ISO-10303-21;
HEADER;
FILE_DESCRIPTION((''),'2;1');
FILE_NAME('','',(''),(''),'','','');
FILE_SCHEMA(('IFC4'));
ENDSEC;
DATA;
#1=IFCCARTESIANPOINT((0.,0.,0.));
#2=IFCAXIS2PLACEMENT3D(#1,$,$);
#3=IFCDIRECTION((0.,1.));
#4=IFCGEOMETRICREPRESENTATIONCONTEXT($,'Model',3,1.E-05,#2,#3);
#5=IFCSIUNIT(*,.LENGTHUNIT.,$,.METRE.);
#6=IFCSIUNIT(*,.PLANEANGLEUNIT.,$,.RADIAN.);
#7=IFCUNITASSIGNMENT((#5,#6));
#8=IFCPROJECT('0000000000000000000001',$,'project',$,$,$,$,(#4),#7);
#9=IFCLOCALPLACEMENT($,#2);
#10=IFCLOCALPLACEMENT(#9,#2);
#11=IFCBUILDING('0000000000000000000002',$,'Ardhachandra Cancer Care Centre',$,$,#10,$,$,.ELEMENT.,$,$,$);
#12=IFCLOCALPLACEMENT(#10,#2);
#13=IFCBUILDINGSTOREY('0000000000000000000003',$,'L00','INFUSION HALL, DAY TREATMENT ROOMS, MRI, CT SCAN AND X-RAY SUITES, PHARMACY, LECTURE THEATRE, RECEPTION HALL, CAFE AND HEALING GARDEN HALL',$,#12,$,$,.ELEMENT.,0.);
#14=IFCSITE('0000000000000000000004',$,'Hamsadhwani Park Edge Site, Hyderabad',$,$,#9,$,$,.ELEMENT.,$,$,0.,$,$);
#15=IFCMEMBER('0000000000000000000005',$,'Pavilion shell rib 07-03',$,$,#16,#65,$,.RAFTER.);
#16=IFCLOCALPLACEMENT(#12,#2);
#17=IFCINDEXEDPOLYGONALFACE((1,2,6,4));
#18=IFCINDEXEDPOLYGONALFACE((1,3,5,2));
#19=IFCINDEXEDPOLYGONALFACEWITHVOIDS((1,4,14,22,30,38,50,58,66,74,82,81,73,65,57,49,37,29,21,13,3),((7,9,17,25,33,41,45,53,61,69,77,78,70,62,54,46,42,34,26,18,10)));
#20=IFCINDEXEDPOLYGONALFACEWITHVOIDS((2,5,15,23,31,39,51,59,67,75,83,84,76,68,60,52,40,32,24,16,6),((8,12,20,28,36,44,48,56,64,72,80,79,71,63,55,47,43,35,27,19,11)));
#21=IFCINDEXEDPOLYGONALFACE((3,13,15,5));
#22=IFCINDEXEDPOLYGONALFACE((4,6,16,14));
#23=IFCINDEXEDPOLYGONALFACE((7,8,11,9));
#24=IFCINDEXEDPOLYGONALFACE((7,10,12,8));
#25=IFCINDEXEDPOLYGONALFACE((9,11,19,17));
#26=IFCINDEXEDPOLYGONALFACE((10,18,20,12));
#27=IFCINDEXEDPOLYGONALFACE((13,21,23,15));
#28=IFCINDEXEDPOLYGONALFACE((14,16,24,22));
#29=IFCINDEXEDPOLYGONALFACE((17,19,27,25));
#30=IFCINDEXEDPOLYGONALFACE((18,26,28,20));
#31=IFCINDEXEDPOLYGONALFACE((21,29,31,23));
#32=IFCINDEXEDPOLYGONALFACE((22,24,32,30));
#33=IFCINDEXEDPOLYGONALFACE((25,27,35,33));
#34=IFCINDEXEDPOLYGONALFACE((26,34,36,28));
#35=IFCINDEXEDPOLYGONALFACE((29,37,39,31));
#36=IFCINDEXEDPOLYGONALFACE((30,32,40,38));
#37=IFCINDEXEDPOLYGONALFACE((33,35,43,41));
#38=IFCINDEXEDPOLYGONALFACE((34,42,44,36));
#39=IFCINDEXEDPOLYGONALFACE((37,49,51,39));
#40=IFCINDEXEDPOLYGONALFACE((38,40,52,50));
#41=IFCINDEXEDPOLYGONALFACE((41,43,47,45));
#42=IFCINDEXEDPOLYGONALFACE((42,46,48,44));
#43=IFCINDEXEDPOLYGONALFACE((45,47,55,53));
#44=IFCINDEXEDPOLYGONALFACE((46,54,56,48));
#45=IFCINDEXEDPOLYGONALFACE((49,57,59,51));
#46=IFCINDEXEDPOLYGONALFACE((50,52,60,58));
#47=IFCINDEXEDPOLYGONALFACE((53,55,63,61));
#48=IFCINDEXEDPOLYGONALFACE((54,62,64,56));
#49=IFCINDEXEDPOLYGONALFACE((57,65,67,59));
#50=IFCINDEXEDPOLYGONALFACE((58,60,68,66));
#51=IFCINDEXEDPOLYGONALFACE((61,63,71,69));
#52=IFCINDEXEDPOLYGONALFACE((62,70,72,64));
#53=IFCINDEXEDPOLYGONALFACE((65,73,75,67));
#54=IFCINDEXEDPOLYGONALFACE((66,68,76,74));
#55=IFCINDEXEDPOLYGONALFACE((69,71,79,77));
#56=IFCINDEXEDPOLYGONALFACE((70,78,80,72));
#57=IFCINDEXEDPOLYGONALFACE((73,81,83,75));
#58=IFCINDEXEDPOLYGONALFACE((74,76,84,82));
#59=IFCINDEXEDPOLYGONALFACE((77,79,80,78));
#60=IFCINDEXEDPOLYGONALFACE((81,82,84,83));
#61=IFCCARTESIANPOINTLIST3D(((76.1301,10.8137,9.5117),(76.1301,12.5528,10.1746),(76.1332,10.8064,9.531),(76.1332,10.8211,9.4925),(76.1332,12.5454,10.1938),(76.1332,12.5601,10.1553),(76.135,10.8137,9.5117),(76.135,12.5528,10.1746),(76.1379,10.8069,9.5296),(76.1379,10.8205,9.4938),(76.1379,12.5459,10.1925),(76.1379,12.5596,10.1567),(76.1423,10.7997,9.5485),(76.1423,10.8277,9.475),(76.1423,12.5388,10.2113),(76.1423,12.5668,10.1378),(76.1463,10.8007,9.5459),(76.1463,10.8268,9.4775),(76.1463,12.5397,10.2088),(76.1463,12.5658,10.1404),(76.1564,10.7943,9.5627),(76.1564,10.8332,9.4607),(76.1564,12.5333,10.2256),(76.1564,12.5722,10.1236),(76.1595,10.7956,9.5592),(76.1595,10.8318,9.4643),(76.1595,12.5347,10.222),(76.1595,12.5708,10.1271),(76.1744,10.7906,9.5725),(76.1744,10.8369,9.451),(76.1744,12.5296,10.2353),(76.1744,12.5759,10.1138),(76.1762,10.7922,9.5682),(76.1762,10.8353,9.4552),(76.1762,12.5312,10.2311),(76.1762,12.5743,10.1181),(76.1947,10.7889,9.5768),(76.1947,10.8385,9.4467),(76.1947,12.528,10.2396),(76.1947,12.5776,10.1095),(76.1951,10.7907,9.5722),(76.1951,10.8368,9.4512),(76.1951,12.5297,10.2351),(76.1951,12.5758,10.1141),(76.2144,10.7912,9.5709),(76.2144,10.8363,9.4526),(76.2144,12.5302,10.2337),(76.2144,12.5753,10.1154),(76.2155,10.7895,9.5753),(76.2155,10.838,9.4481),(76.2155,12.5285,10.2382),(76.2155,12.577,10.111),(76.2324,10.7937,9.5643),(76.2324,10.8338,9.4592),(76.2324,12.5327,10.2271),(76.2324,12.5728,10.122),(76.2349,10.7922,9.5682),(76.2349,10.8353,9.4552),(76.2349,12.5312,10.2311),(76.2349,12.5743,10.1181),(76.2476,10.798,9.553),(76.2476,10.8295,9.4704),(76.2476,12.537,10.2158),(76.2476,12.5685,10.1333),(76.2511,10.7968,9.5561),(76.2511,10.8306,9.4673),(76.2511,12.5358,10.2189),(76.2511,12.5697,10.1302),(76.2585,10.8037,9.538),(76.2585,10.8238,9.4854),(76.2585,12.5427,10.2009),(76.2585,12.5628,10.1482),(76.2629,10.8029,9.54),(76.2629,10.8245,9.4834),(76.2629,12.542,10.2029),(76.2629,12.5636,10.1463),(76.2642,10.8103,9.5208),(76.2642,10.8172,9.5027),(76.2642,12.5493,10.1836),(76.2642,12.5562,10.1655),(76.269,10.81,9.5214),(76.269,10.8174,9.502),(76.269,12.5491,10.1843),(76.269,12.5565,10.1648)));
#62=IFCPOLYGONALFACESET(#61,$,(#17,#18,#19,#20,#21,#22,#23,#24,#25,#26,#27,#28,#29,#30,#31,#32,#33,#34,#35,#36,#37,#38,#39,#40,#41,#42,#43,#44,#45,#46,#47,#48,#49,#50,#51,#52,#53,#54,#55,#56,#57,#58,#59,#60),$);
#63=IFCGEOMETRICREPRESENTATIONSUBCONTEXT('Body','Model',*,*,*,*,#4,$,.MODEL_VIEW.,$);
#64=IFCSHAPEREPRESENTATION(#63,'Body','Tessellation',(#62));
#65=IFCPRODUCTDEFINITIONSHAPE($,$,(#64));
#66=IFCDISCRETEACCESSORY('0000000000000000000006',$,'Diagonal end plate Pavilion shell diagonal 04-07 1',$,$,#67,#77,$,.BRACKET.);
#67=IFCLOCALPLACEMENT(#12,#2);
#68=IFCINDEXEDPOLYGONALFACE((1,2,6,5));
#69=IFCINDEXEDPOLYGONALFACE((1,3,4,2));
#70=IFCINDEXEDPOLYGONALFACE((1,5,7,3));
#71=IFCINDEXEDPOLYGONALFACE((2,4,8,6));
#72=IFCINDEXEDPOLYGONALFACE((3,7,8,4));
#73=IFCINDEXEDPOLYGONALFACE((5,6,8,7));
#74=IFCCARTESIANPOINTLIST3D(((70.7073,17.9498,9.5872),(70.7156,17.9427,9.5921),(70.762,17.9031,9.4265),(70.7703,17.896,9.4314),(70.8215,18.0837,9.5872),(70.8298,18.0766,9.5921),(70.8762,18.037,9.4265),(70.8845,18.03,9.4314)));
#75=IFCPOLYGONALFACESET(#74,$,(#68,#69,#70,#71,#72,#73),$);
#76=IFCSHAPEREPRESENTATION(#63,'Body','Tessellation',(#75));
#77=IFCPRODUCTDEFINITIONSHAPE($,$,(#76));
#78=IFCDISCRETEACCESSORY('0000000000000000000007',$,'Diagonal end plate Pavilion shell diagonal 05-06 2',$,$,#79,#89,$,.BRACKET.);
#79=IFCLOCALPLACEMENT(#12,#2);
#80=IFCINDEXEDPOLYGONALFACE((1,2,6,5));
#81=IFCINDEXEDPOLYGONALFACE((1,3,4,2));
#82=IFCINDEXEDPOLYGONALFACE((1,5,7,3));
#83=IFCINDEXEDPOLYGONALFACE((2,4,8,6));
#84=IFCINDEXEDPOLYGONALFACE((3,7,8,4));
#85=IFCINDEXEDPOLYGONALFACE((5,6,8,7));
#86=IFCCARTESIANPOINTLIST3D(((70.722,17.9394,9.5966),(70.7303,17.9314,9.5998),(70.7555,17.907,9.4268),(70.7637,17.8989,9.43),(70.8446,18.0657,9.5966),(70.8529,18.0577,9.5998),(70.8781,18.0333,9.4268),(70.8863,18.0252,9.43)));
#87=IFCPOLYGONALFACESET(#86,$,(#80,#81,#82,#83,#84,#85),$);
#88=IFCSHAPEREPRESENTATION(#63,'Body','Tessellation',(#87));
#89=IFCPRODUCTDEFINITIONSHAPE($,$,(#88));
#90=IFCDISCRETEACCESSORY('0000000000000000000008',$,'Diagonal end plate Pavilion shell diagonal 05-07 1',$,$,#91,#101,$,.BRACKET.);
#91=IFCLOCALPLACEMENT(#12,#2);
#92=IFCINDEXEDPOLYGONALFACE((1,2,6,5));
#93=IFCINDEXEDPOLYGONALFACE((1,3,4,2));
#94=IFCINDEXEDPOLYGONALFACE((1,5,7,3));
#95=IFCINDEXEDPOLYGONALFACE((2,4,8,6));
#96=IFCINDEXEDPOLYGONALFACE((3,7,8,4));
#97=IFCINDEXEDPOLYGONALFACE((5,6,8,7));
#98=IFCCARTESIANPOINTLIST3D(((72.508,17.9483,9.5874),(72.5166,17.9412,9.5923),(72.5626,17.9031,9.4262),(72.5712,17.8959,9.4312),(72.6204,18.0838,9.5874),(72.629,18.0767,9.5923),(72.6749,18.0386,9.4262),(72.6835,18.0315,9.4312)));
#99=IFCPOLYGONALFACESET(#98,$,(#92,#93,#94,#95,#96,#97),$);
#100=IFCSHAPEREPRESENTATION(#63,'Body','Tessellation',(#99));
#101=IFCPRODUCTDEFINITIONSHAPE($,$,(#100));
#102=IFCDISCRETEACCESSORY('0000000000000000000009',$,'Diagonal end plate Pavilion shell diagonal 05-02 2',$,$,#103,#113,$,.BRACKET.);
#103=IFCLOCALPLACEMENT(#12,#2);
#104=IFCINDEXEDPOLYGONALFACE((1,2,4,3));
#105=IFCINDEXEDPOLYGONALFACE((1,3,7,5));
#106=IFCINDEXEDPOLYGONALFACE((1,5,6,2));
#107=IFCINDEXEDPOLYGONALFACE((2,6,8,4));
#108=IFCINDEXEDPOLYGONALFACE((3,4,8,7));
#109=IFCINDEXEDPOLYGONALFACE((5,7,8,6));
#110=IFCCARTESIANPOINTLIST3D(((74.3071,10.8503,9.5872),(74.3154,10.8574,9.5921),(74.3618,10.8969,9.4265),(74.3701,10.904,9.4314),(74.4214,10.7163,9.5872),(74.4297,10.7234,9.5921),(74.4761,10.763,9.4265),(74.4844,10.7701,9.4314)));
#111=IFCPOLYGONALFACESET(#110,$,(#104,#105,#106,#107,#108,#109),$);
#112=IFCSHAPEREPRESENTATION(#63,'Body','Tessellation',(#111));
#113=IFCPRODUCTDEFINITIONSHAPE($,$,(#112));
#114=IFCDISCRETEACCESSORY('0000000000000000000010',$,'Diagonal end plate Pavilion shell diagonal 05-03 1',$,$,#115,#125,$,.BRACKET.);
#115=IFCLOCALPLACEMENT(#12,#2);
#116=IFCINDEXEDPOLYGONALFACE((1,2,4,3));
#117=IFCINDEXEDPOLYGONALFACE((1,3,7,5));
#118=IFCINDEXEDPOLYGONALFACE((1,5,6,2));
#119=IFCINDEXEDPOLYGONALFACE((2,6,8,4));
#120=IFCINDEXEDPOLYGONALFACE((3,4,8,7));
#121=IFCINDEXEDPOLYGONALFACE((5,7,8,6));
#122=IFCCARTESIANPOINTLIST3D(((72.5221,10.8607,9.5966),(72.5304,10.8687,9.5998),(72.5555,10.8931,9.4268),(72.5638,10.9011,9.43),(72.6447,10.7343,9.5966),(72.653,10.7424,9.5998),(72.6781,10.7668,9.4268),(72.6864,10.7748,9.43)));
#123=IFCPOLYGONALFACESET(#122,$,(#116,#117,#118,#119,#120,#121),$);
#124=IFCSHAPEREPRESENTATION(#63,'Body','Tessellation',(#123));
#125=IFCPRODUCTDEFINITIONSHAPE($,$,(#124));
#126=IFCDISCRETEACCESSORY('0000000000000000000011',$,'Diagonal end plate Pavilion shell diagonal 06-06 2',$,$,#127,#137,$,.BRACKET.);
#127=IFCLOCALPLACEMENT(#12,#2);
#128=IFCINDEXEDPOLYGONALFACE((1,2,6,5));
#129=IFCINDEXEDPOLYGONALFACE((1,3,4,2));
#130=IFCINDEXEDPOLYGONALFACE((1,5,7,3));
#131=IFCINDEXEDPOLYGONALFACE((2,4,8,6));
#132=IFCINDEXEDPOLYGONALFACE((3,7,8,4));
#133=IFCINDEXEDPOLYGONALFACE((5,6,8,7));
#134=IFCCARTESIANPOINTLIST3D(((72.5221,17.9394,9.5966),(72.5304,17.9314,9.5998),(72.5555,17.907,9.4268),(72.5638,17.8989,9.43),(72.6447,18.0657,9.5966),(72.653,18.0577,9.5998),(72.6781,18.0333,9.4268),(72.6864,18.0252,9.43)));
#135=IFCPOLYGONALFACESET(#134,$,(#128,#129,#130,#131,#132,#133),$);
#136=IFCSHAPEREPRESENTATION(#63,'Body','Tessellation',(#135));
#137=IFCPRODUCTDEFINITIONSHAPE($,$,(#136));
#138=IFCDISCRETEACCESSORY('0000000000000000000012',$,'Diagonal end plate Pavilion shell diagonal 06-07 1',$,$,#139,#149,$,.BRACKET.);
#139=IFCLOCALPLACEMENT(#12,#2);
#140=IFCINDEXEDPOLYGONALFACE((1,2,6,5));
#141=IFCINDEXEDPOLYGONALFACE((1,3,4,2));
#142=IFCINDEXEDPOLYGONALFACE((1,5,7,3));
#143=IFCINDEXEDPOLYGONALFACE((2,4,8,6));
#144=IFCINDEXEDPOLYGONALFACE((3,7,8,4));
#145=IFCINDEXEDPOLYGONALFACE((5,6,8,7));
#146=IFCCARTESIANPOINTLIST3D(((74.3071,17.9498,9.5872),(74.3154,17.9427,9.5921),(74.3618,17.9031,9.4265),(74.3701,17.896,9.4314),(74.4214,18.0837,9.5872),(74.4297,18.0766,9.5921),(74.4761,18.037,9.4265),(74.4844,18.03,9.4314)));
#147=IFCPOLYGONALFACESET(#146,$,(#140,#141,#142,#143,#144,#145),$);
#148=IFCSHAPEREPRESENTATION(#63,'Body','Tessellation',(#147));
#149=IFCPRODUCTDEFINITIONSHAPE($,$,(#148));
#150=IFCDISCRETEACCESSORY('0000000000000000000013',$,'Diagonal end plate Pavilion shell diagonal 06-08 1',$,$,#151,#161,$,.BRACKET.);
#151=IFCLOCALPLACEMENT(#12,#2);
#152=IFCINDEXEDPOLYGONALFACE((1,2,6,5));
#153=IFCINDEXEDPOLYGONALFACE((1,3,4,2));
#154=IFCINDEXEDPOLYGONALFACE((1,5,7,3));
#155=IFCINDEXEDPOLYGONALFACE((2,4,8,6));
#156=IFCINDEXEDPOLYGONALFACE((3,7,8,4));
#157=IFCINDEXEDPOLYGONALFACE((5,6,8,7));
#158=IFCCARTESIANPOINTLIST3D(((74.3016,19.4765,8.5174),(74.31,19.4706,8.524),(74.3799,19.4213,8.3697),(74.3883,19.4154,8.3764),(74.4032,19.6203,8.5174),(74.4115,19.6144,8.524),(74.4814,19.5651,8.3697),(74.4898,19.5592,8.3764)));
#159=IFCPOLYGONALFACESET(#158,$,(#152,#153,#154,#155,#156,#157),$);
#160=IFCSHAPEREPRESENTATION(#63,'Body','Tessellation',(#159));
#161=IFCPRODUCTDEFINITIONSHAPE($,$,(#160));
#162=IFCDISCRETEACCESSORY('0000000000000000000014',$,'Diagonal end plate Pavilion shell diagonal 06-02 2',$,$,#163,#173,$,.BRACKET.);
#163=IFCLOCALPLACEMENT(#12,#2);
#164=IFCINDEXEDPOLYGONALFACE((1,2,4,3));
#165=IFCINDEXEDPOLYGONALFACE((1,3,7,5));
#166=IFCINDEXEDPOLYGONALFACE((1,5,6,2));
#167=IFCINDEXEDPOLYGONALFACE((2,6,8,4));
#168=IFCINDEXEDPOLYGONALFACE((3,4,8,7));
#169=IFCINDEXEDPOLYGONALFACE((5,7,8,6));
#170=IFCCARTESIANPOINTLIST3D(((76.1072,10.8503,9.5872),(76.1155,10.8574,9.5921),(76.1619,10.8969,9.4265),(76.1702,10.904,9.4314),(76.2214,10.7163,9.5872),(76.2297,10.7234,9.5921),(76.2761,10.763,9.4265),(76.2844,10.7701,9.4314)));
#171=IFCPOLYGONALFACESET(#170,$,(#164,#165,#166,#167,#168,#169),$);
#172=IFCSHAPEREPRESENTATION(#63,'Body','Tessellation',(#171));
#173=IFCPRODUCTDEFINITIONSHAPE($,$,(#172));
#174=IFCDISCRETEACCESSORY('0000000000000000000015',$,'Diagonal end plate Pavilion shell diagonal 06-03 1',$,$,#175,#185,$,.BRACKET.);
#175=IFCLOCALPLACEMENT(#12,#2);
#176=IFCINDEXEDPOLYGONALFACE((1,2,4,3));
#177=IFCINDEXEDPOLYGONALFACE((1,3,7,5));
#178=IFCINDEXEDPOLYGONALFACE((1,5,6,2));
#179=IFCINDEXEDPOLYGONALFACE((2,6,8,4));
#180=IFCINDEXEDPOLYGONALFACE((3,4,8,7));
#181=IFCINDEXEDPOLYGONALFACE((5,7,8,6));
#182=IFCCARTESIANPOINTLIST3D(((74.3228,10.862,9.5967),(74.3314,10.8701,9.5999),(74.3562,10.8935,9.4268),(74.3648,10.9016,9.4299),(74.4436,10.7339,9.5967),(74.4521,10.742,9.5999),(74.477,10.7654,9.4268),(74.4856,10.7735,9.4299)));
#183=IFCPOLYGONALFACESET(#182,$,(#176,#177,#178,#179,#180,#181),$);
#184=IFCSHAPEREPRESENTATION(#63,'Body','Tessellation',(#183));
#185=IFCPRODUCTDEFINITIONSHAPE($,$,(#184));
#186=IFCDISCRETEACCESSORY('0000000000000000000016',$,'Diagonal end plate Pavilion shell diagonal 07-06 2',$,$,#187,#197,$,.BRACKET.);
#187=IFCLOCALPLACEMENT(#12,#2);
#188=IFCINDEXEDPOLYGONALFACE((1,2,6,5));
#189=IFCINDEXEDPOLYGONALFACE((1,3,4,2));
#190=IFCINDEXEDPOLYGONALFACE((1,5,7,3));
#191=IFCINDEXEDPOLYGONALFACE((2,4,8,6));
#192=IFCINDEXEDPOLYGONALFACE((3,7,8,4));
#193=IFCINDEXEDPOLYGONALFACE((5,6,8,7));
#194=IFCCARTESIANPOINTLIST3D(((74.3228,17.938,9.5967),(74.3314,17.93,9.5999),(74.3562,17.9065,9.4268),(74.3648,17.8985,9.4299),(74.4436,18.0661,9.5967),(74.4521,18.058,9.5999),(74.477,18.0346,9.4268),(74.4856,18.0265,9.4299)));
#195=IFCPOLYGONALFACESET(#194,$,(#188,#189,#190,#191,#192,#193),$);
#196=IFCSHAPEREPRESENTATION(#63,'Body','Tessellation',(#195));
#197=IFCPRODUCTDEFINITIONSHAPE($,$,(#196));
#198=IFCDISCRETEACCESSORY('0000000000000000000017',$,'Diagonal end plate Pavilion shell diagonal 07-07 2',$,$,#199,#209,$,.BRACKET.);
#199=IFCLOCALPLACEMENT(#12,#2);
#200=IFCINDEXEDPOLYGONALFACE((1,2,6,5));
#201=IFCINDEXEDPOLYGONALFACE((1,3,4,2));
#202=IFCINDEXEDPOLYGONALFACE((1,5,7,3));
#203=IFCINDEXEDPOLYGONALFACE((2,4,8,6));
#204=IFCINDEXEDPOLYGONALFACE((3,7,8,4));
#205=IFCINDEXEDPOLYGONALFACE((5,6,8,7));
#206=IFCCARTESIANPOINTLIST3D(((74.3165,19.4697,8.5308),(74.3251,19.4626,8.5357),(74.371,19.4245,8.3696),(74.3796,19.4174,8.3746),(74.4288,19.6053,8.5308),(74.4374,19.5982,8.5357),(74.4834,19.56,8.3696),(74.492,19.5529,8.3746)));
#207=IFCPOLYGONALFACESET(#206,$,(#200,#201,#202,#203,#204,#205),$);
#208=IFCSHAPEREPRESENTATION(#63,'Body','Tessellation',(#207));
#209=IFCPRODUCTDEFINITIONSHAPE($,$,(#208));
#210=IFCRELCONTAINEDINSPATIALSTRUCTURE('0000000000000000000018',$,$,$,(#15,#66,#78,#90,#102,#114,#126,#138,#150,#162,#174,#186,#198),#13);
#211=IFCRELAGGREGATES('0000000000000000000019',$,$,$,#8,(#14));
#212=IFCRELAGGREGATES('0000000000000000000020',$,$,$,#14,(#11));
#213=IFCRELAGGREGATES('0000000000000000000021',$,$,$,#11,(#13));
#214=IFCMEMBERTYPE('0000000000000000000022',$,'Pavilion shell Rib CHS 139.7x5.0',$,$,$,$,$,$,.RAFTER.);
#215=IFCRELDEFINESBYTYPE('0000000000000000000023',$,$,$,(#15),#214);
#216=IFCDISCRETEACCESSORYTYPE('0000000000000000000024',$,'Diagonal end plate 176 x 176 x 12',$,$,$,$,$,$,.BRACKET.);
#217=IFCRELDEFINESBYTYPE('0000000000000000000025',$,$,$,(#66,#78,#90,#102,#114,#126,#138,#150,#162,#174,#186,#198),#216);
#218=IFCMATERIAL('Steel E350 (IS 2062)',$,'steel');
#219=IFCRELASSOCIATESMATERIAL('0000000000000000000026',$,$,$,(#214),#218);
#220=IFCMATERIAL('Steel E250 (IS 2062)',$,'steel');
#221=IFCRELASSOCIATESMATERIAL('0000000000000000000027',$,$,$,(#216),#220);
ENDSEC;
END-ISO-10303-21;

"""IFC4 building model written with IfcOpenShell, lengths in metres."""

from ifc_helpers import new_model, si_unit, direction, frame, origin, origin_2d, place, context, subcontext, project, spatial, rectangle, hollow_circle, extrude, material, material_profile, profile_set, type_object, element, save


model = new_model("IFC4")

# Units and contexts
model_context = context("Model", 3, precision=1e-05, world=origin(), true_north=direction((0.0, 1.0)))
body_context = subcontext(model_context, "Body", "Model", "MODEL_VIEW")
ifc_project = project(units=[si_unit("LENGTHUNIT", "METRE"), si_unit("PLANEANGLEUNIT", "RADIAN")], contexts=[model_context])

# Site, building, storey
site_placement = place(None, origin())
site = spatial("IfcSite", under=ifc_project, at=site_placement, Name="Hamsadhwani Park Edge Site, Hyderabad", CompositionType="ELEMENT", RefElevation=0.0)
building_placement = place(site_placement, origin())
building = spatial("IfcBuilding", under=site, at=building_placement, Name="Ardhachandra Cancer Care Centre", CompositionType="ELEMENT")
storey_placement = place(building_placement, origin())
storey = spatial("IfcBuildingStorey", under=building, at=storey_placement, Name="L00", Description="INFUSION HALL, DAY TREATMENT ROOMS, MRI, CT SCAN AND X-RAY SUITES, PHARMACY, LECTURE THEATRE, RECEPTION HALL, CAFE AND HEALING GARDEN HALL", CompositionType="ELEMENT", Elevation=0.0)

# Member
ifc_material_1 = material(Name="Steel E350 (IS 2062)", Category="steel")
ifc_material_profile_1 = material_profile(ifc_material_1, hollow_circle(Radius=0.0698, WallThickness=0.0049, at=origin_2d()), Name="CHS 139.7x5.0")
ifc_profile_set_1 = profile_set([ifc_material_profile_1], Name="Steel E350 (IS 2062)")
member_type_1 = type_object("IfcMemberType", Name="Pavilion shell Rib CHS 139.7x5.0", PredefinedType="RAFTER", material=ifc_profile_set_1)
for number, where, z_axis, x_axis, name in (
    (1, (76.2, 10.8137, 9.5117), (0.0, 0.934423, 0.356164), (-1.0, 0.0, 0.0), "Pavilion shell rib 07-03"),
):
    element("IfcMember", number, at=place(storey_placement, frame(where, z_axis=z_axis, x_axis=x_axis)), inside=storey, type_object=member_type_1, Name=name, PredefinedType="RAFTER", context=body_context, shape_type="SweptSolid", body=[
        extrude(hollow_circle(Radius=0.0698, WallThickness=0.0049, at=origin_2d()), origin(), (0.0, 0.0, 1.0), 1.8611),
    ])

# Discrete accessories
ifc_material_2 = material(Name="Steel E250 (IS 2062)", Category="steel")
ifc_material_profile_2 = material_profile(ifc_material_2, rectangle(XDim=0.176, YDim=0.176, at=origin_2d()), Name="PL 176x176x12")
ifc_profile_set_2 = profile_set([ifc_material_profile_2], Name="Steel E250 (IS 2062)")
discrete_accessory_type = type_object("IfcDiscreteAccessoryType", Name="Diagonal end plate 176 x 176 x 12", PredefinedType="BRACKET", material=ifc_profile_set_2)
for number, where, z_axis, x_axis, name in (
    (2, (70.8, 17.9863, 9.5117), (-0.694456, 0.59233, -0.408504), (-0.648947, -0.760834, 0.0), "Diagonal end plate Pavilion shell diagonal 04-07 1"),
    (3, (70.8, 17.9863, 9.5117), (0.692007, -0.671654, 0.264591), (0.696475, 0.717581, 0.0), "Diagonal end plate Pavilion shell diagonal 05-06 2"),
):
    element("IfcDiscreteAccessory", number, at=place(storey_placement, frame(where, z_axis=z_axis, x_axis=x_axis)), inside=storey, type_object=discrete_accessory_type, Name=name, PredefinedType="BRACKET", context=body_context, shape_type="SweptSolid", body=[
        extrude(rectangle(XDim=0.176, YDim=0.176, at=origin_2d()), origin(), (0.0, 0.0, 1.0), 0.012),
    ])
discrete_accessory_1_placement = place(storey_placement, frame((72.6001, 17.9863, 9.5117), z_axis=(-0.704809, 0.583985, -0.402748), x_axis=(-0.638018, -0.770022, 0.0)))
element("IfcDiscreteAccessory", 4, at=discrete_accessory_1_placement, inside=storey, type_object=discrete_accessory_type, Name="Diagonal end plate Pavilion shell diagonal 05-07 1", PredefinedType="BRACKET", context=body_context, shape_type="SweptSolid", body=[
    extrude(rectangle(XDim=0.176, YDim=0.176, at=origin_2d()), origin(), (0.0, 0.0, 1.0), 0.0122),
])
for number, where, z_axis, x_axis, name in (
    (5, (74.3999, 10.8137, 9.5117), (-0.694456, -0.59233, -0.408504), (0.648947, -0.760834, 0.0), "Diagonal end plate Pavilion shell diagonal 05-02 2"),
    (6, (72.6001, 10.8137, 9.5117), (0.692007, 0.671654, 0.264591), (-0.696475, 0.717581, 0.0), "Diagonal end plate Pavilion shell diagonal 05-03 1"),
    (7, (72.6001, 17.9863, 9.5117), (0.692007, -0.671654, 0.264591), (0.696475, 0.717581, 0.0), "Diagonal end plate Pavilion shell diagonal 06-06 2"),
    (8, (74.3999, 17.9863, 9.5117), (-0.694456, 0.59233, -0.408504), (-0.648947, -0.760834, 0.0), "Diagonal end plate Pavilion shell diagonal 06-07 1"),
):
    element("IfcDiscreteAccessory", number, at=place(storey_placement, frame(where, z_axis=z_axis, x_axis=x_axis)), inside=storey, type_object=discrete_accessory_type, Name=name, PredefinedType="BRACKET", context=body_context, shape_type="SweptSolid", body=[
        extrude(rectangle(XDim=0.176, YDim=0.176, at=origin_2d()), origin(), (0.0, 0.0, 1.0), 0.012),
    ])
discrete_accessory_2_placement = place(storey_placement, frame((74.3999, 19.5149, 8.4502), z_axis=(-0.685367, 0.483788, -0.544262), x_axis=(-0.576683, -0.816968, 0.0)))
element("IfcDiscreteAccessory", 9, at=discrete_accessory_2_placement, inside=storey, type_object=discrete_accessory_type, Name="Diagonal end plate Pavilion shell diagonal 06-08 1", PredefinedType="BRACKET", context=body_context, shape_type="SweptSolid", body=[
    extrude(rectangle(XDim=0.176, YDim=0.176, at=origin_2d()), origin(), (0.0, 0.0, 1.0), 0.0122),
])
discrete_accessory_3_placement = place(storey_placement, frame((76.2, 10.8137, 9.5117), z_axis=(-0.694456, -0.59233, -0.408504), x_axis=(0.648947, -0.760834, 0.0)))
element("IfcDiscreteAccessory", 10, at=discrete_accessory_3_placement, inside=storey, type_object=discrete_accessory_type, Name="Diagonal end plate Pavilion shell diagonal 06-02 2", PredefinedType="BRACKET", context=body_context, shape_type="SweptSolid", body=[
    extrude(rectangle(XDim=0.176, YDim=0.176, at=origin_2d()), origin(), (0.0, 0.0, 1.0), 0.012),
])
for number, where, z_axis, x_axis, name in (
    (11, (74.3999, 10.8137, 9.5117), (0.702392, 0.662256, 0.260889), (-0.686013, 0.727589, 0.0), "Diagonal end plate Pavilion shell diagonal 06-03 1"),
    (12, (74.3999, 17.9863, 9.5117), (0.702392, -0.662256, 0.260889), (0.686013, 0.727589, 0.0), "Diagonal end plate Pavilion shell diagonal 07-06 2"),
    (13, (74.3999, 19.5149, 8.4502), (0.704809, -0.583985, 0.402748), (0.638018, 0.770022, 0.0), "Diagonal end plate Pavilion shell diagonal 07-07 2"),
):
    element("IfcDiscreteAccessory", number, at=place(storey_placement, frame(where, z_axis=z_axis, x_axis=x_axis)), inside=storey, type_object=discrete_accessory_type, Name=name, PredefinedType="BRACKET", context=body_context, shape_type="SweptSolid", body=[
        extrude(rectangle(XDim=0.176, YDim=0.176, at=origin_2d()), origin(), (0.0, 0.0, 1.0), 0.0122),
    ])

save(model, "model.ifc")
